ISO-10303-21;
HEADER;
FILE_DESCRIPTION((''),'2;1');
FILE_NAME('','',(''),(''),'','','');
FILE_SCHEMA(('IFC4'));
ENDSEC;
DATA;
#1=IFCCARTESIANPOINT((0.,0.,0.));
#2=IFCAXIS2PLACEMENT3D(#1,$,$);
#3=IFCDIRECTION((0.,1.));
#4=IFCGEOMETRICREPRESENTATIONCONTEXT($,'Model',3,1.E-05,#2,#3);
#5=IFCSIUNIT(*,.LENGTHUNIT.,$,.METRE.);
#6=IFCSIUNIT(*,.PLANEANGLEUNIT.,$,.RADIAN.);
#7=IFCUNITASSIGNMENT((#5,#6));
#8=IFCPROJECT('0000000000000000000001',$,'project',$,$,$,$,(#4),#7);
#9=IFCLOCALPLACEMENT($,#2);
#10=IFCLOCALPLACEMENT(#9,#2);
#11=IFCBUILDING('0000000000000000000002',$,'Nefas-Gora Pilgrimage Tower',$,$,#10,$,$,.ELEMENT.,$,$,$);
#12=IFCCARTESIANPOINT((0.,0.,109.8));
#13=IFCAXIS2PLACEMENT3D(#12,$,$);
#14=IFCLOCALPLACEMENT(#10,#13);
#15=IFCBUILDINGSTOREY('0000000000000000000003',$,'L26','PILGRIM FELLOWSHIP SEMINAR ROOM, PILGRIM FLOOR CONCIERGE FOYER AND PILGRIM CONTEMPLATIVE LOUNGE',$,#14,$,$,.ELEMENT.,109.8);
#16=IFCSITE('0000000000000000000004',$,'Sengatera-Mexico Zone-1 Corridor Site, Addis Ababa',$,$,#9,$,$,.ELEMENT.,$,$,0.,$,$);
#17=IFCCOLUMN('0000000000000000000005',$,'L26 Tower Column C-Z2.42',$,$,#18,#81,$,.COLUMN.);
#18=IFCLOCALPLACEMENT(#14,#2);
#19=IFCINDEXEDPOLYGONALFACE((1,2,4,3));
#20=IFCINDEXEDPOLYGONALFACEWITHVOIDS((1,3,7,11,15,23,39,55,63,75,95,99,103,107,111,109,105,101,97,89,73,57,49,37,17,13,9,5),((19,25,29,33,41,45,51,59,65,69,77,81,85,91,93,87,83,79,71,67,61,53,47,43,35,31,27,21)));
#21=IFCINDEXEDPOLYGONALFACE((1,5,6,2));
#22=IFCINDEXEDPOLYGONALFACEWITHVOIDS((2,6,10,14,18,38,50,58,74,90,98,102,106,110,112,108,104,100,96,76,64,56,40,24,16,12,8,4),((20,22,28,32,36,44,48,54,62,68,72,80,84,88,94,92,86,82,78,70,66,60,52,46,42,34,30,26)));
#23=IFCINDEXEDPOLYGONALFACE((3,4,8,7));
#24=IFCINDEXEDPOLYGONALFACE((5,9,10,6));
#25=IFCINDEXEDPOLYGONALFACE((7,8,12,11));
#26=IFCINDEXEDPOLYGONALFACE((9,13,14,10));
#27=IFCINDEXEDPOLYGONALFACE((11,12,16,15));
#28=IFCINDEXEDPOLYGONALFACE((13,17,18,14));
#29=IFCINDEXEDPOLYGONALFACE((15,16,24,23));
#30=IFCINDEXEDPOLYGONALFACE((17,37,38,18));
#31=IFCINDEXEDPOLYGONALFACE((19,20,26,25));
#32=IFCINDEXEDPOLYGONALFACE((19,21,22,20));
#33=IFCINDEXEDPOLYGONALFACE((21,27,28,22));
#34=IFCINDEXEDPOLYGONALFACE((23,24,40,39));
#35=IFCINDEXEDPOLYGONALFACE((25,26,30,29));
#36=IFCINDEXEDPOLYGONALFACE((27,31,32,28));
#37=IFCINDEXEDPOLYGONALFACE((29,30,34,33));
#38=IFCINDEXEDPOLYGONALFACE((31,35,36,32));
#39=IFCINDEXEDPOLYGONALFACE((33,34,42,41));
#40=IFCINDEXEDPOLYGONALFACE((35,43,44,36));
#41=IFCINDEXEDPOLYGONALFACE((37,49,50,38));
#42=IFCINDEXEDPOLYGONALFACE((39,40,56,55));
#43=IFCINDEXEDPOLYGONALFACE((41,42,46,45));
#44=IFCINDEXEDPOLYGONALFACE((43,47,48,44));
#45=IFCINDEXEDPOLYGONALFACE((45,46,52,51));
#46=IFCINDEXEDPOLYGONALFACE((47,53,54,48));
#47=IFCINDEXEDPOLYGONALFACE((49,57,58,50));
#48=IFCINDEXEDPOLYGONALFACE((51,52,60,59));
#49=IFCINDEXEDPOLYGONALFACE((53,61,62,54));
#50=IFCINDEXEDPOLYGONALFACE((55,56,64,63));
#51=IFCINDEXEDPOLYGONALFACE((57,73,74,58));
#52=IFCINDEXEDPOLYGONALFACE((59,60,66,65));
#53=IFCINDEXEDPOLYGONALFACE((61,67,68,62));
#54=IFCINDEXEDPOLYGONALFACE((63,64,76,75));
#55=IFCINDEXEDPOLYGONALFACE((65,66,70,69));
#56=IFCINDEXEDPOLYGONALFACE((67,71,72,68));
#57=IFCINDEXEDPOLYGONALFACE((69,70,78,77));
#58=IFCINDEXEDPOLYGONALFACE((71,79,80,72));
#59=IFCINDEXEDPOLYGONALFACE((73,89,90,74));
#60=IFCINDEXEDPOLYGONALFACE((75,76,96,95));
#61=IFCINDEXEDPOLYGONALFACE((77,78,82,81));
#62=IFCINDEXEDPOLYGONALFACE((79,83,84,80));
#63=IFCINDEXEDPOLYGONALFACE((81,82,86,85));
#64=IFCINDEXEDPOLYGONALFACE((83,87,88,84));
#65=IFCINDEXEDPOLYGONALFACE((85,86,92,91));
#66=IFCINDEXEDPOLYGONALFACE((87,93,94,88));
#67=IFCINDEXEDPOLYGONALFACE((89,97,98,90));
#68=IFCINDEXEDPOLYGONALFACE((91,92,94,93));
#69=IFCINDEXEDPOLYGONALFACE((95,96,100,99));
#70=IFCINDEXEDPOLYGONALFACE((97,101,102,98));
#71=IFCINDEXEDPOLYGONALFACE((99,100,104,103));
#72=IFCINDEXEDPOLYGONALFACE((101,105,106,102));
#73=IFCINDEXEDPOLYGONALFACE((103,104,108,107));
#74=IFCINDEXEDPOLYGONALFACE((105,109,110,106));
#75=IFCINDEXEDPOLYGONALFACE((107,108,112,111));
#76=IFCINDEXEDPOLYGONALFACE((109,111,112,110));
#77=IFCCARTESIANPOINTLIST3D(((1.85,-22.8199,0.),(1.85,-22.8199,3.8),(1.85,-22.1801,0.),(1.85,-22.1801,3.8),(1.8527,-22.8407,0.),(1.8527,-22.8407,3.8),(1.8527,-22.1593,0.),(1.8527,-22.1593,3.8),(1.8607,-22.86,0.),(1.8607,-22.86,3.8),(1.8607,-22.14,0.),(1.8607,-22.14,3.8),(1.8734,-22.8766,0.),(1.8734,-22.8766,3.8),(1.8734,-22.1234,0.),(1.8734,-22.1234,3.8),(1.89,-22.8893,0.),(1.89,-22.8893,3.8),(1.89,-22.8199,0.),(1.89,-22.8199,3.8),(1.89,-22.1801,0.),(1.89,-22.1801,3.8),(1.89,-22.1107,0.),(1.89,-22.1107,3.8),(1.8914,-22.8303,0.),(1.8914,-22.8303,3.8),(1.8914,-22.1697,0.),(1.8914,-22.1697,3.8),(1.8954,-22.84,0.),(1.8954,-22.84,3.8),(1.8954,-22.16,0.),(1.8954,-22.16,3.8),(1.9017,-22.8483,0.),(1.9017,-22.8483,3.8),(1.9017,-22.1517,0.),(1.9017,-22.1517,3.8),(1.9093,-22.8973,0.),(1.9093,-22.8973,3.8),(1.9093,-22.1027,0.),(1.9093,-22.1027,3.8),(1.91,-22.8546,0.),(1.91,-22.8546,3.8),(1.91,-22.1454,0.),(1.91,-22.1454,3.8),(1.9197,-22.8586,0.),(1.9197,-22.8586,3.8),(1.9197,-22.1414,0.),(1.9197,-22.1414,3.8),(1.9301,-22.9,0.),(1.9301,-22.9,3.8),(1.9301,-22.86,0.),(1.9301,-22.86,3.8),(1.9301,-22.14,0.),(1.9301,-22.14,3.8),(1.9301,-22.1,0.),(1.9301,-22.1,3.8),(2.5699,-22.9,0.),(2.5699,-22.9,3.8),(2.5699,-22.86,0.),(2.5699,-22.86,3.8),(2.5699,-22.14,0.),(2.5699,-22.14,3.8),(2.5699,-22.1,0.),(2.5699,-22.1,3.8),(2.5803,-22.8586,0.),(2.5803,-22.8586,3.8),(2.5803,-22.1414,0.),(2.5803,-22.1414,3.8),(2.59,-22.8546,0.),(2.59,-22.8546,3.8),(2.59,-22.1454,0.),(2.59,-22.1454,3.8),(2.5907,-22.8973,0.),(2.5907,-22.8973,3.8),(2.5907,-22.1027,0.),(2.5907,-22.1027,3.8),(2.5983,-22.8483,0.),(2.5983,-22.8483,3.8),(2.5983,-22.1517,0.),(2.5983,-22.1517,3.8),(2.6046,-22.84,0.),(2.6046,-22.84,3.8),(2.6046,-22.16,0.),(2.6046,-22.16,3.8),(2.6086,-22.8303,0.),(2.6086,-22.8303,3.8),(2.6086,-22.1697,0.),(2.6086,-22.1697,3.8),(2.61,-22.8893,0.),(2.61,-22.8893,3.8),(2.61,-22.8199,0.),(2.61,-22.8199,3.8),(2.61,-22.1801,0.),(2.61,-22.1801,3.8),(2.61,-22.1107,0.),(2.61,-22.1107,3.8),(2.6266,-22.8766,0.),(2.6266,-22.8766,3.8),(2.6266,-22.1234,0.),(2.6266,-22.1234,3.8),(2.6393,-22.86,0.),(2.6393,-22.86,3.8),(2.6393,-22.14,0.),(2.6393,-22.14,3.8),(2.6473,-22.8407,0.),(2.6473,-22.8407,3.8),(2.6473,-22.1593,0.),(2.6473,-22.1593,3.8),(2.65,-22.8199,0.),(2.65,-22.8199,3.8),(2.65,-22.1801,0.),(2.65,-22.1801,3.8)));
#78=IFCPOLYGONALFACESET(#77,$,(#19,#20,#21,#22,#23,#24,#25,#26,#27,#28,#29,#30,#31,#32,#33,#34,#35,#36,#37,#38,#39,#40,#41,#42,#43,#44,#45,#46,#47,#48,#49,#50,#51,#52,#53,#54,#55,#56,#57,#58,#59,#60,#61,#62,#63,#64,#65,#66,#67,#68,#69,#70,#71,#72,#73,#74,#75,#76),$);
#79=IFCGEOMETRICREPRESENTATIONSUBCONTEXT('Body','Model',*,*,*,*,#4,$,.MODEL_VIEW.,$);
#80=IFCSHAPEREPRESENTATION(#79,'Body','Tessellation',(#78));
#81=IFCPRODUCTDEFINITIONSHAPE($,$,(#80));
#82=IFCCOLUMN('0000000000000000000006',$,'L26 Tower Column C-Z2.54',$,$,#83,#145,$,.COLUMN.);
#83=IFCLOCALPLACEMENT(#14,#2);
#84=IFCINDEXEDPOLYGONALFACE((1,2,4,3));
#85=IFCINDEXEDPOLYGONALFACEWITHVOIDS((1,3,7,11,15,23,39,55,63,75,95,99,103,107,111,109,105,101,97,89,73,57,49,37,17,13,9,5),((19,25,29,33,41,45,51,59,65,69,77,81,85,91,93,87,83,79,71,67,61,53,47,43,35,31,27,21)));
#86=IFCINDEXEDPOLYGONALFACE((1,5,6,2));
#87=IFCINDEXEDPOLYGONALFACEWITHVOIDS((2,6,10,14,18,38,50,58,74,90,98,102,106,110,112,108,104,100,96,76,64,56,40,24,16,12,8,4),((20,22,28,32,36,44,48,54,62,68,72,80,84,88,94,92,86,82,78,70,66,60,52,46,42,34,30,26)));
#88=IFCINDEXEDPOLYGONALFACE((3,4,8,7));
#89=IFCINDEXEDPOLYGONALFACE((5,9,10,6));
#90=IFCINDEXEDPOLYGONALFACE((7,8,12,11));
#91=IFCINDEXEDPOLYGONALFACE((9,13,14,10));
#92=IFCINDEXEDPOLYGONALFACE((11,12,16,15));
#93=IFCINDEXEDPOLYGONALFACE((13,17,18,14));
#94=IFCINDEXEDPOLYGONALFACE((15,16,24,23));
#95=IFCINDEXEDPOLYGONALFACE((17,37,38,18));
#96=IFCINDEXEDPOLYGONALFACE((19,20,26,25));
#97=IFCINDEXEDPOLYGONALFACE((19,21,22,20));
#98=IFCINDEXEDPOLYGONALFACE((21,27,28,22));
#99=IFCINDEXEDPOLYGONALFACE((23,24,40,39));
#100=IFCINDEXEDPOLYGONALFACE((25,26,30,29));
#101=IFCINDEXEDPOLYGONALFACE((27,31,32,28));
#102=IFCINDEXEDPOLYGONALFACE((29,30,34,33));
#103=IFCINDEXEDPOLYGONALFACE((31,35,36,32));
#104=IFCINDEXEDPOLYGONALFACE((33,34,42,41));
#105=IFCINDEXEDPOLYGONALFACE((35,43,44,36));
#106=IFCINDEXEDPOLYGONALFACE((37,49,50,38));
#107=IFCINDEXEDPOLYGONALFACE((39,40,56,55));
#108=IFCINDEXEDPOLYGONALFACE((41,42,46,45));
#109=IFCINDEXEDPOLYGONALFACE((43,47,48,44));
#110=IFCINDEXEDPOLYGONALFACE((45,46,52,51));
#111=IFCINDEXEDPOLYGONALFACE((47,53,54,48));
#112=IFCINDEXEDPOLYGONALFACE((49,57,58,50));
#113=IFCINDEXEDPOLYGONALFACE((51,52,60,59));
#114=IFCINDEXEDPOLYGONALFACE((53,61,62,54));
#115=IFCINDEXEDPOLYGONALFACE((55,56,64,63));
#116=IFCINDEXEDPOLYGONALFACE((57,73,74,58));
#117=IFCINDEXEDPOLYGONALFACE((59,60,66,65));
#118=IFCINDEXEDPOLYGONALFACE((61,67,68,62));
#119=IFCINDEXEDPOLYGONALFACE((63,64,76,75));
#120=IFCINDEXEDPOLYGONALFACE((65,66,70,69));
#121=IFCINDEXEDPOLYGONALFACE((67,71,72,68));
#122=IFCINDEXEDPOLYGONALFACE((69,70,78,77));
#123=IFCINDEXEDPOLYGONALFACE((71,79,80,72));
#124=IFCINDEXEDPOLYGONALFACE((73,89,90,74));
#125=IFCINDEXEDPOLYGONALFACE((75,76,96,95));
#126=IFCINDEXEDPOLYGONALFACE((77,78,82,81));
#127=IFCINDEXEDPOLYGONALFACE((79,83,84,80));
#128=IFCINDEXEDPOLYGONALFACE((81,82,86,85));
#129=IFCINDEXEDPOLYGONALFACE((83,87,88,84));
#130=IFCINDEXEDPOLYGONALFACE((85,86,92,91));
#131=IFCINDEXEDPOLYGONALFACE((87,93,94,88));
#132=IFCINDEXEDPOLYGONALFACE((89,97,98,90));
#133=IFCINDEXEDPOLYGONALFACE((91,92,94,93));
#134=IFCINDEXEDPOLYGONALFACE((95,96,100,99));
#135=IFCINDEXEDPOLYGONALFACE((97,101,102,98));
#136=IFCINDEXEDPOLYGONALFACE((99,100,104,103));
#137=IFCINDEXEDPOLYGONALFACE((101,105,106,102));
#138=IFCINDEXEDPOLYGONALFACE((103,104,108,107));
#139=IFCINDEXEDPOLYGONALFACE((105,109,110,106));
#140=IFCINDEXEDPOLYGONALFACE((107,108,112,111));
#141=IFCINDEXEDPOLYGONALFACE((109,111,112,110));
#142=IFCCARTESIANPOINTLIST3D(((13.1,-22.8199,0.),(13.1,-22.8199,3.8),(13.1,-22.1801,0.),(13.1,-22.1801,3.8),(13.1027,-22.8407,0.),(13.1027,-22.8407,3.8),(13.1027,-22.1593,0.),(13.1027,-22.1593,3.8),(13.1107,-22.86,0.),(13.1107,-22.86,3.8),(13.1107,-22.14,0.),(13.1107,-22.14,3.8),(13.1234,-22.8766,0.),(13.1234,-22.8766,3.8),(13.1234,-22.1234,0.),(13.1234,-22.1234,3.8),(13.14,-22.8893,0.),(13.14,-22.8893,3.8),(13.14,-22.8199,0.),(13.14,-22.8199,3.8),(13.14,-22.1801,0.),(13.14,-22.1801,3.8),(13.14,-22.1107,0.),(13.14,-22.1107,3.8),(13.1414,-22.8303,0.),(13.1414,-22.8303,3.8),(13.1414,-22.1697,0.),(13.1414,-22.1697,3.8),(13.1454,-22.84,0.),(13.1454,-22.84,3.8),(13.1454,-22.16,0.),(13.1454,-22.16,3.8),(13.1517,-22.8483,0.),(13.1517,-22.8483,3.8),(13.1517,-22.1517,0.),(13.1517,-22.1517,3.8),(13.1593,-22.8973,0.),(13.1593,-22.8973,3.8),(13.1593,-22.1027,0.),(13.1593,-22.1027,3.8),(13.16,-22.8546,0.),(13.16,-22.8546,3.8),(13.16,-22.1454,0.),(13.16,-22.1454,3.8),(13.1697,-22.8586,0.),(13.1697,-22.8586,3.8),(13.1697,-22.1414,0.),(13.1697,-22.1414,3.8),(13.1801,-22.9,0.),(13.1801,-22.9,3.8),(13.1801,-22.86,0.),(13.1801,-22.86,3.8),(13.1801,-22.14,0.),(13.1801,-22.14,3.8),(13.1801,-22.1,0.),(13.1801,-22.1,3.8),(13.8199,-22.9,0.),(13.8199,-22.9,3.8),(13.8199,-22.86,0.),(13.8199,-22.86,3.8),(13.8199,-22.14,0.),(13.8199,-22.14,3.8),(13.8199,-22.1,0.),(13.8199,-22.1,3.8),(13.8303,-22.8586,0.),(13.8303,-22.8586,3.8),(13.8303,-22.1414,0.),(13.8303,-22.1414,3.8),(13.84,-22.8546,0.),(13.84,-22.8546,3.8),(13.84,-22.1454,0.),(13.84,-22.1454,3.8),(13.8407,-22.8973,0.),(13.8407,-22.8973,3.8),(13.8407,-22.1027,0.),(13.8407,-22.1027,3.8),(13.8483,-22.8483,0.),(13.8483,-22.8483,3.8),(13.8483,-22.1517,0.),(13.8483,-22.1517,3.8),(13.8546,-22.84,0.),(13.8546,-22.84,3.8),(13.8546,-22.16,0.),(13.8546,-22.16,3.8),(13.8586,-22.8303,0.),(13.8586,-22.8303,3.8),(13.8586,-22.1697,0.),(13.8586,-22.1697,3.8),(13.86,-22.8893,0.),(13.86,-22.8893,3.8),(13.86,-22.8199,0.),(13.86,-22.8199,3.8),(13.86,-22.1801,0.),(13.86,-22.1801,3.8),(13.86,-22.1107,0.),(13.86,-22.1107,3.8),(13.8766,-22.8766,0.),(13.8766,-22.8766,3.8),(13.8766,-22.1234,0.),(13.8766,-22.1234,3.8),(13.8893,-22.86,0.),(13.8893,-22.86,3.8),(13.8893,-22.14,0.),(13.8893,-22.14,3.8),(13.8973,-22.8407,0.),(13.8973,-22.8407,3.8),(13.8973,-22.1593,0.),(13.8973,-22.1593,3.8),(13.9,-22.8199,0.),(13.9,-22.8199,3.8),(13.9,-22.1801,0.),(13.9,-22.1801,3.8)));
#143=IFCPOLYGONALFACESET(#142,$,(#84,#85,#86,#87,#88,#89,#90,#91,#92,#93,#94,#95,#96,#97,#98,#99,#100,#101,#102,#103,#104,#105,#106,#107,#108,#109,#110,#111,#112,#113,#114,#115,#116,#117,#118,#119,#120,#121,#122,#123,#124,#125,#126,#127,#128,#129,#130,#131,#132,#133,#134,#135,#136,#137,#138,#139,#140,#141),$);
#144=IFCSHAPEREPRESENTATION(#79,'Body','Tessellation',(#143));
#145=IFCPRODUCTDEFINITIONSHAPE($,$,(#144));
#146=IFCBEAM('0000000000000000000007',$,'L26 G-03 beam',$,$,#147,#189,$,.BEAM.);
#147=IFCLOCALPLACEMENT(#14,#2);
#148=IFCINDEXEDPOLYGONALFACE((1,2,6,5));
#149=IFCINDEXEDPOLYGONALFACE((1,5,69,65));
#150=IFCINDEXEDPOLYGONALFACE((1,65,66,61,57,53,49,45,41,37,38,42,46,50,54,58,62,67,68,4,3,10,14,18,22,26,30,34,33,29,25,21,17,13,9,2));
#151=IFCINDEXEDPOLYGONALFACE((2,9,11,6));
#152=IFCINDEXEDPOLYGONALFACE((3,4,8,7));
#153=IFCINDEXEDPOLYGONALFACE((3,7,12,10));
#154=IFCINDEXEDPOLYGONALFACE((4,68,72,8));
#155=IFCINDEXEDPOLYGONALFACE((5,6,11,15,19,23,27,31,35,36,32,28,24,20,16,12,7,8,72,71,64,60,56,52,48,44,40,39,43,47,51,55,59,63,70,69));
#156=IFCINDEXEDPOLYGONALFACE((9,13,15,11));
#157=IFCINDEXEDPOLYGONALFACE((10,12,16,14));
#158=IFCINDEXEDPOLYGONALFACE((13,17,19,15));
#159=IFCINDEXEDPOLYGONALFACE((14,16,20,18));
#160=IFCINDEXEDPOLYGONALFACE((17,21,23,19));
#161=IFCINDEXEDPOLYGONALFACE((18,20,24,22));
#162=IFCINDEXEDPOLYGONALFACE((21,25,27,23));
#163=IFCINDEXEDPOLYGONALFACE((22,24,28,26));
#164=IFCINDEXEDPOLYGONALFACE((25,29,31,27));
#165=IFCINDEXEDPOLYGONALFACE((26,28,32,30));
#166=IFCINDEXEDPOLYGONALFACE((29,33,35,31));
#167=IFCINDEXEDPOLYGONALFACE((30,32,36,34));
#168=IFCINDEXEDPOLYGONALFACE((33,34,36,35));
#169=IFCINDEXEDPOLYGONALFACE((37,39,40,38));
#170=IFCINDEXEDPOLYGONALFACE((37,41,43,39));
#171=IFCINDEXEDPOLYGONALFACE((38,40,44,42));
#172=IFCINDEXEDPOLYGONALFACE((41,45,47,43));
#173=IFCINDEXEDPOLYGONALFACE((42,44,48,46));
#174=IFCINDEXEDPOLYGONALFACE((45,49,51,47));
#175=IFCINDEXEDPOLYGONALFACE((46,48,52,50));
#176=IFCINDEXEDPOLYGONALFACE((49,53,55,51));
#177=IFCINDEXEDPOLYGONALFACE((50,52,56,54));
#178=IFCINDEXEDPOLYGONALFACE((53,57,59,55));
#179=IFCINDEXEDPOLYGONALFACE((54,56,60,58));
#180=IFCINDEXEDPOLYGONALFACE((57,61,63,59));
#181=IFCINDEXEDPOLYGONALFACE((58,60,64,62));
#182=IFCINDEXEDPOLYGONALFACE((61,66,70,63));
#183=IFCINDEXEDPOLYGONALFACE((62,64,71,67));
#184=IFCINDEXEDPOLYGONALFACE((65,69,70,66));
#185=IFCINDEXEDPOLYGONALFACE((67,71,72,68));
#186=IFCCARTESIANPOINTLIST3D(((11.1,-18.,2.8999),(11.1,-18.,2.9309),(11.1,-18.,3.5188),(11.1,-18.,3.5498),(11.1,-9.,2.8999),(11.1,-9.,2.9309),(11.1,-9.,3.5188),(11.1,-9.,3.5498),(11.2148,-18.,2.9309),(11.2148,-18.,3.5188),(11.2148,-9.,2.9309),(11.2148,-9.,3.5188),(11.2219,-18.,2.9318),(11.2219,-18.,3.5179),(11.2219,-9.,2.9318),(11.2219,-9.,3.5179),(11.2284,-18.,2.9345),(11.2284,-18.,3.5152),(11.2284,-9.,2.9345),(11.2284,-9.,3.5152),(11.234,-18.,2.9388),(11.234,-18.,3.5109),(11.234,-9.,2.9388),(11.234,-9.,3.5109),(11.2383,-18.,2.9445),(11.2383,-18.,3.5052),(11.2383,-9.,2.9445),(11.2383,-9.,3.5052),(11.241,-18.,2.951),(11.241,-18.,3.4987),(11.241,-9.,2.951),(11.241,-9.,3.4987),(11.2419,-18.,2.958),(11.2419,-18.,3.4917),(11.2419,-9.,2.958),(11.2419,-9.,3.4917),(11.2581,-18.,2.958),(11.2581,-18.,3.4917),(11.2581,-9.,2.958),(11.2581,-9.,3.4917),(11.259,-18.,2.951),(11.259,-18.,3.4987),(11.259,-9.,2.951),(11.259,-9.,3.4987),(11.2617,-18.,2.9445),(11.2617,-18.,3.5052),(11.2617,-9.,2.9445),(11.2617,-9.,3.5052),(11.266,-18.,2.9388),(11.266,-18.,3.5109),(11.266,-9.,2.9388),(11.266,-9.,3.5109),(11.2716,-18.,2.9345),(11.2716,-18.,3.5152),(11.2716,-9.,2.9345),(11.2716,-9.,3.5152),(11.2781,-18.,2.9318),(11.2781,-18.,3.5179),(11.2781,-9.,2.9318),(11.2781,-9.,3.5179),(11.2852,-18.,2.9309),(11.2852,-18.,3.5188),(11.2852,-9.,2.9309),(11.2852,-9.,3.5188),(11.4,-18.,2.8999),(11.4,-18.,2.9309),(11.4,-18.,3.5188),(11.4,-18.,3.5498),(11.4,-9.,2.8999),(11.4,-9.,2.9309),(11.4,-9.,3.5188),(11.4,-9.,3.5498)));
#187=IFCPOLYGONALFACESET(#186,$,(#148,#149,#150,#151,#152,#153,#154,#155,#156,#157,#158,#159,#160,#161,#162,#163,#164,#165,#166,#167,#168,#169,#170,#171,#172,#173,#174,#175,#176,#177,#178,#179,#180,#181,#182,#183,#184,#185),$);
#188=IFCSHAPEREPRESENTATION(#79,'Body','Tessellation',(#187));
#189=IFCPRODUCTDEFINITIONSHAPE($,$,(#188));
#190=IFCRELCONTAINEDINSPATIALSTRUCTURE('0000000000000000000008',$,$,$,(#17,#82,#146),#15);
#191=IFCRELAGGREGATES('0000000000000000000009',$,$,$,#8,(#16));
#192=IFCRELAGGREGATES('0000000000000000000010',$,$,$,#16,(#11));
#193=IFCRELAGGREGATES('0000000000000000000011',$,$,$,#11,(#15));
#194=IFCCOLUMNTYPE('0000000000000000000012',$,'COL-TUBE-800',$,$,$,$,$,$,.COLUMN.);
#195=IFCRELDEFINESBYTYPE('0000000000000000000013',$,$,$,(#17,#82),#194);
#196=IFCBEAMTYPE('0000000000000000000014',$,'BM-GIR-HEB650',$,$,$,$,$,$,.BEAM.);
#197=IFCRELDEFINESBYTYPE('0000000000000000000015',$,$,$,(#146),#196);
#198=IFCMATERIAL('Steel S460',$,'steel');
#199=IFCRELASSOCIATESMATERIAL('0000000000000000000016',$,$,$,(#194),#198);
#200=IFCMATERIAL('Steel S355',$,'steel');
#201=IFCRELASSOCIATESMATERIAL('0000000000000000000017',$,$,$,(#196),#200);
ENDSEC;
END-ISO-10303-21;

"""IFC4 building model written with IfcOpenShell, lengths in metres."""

from ifc_helpers import new_model, si_unit, direction, frame, origin, origin_2d, place, context, subcontext, project, spatial, hollow_rectangle, i_section, extrude, source, transform, mapped, material, material_profile, profile_set, type_object, element, save


model = new_model("IFC4")

# Units and contexts
model_context = context("Model", 3, precision=1e-05, world=origin(), true_north=direction((0.0, 1.0)))
body_context = subcontext(model_context, "Body", "Model", "MODEL_VIEW")
ifc_project = project(units=[si_unit("LENGTHUNIT", "METRE"), si_unit("PLANEANGLEUNIT", "RADIAN")], contexts=[model_context])

# Site, building, storey
site_placement = place(None, origin())
site = spatial("IfcSite", under=ifc_project, at=site_placement, Name="Sengatera-Mexico Zone-1 Corridor Site, Addis Ababa", CompositionType="ELEMENT", RefElevation=0.0)
building_placement = place(site_placement, origin())
building = spatial("IfcBuilding", under=site, at=building_placement, Name="Nefas-Gora Pilgrimage Tower", CompositionType="ELEMENT")
storey_placement = place(building_placement, frame((0.0, 0.0, 109.8)))
storey = spatial("IfcBuildingStorey", under=building, at=storey_placement, Name="L26", Description="PILGRIM FELLOWSHIP SEMINAR ROOM, PILGRIM FLOOR CONCIERGE FOYER AND PILGRIM CONTEMPLATIVE LOUNGE", CompositionType="ELEMENT", Elevation=109.8)

# Columns
ifc_material_1 = material(Name="Steel S460", Category="steel")
ifc_material_profile_1 = material_profile(ifc_material_1, hollow_rectangle(XDim=0.8, YDim=0.8, WallThickness=0.04, InnerFilletRadius=0.04, OuterFilletRadius=0.0801, at=origin_2d()), Name="BOX 800x800x40")
ifc_profile_set_1 = profile_set([ifc_material_profile_1], Name="Steel S460")
column_type_1 = type_object("IfcColumnType", Name="COL-TUBE-800", PredefinedType="COLUMN", material=ifc_profile_set_1)
shared_shape_1 = source(origin(), body_context, "Body", "SweptSolid", [
    extrude(hollow_rectangle(XDim=0.8, YDim=0.8, WallThickness=0.04, InnerFilletRadius=0.04, OuterFilletRadius=0.0801, at=origin_2d()), origin(), (0.0, 0.0, 1.0), 3.8),
])
for number, where, z_axis, x_axis, name in (
    (1, (2.25, -22.5, 0.0), (0.0, 0.0, 1.0), (1.0, 0.0, 0.0), "L26 Tower Column C-Z2.42"),
    (2, (13.5, -22.5, 0.0), (0.0, 0.0, 1.0), (1.0, 0.0, 0.0), "L26 Tower Column C-Z2.54"),
):
    element("IfcColumn", number, at=place(storey_placement, frame(where, z_axis=z_axis, x_axis=x_axis)), inside=storey, type_object=column_type_1, Name=name, PredefinedType="COLUMN", context=body_context, shape_type="MappedRepresentation", body=[
        mapped(shared_shape_1, transform((0.0, 0.0, 0.0), x_axis=(1.0, 0.0, 0.0), y_axis=(0.0, 1.0, 0.0), z_axis=(0.0, 0.0, 1.0), scale=1.0)),
    ])

# Beam
ifc_material_2 = material(Name="Steel S355", Category="steel")
ifc_material_profile_2 = material_profile(ifc_material_2, i_section(OverallWidth=0.3, OverallDepth=0.6499, WebThickness=0.0161, FlangeThickness=0.031, FilletRadius=0.0271, at=origin_2d()), Name="HEB 650")
ifc_profile_set_2 = profile_set([ifc_material_profile_2], Name="Steel S355")
beam_type_1 = type_object("IfcBeamType", Name="BM-GIR-HEB650", PredefinedType="BEAM", material=ifc_profile_set_2)
shared_shape_2 = source(origin(), body_context, "Body", "SweptSolid", [
    extrude(i_section(OverallWidth=0.3, OverallDepth=0.6499, WebThickness=0.0161, FlangeThickness=0.031, FilletRadius=0.0271, at=origin_2d()), origin(), (0.0, 0.0, 1.0), 9.0),
])
beam_1_placement = place(storey_placement, frame((11.25, -18.0, 3.2249), z_axis=(0.0, 1.0, 0.0), x_axis=(-1.0, 0.0, 0.0)))
element("IfcBeam", 3, at=beam_1_placement, inside=storey, type_object=beam_type_1, Name="L26 G-03 beam", PredefinedType="BEAM", context=body_context, shape_type="MappedRepresentation", body=[
    mapped(shared_shape_2, transform((0.0, 0.0, 0.0), x_axis=(1.0, 0.0, 0.0), y_axis=(0.0, 1.0, 0.0), z_axis=(0.0, 0.0, 1.0), scale=1.0)),
])

save(model, "model.ifc")
